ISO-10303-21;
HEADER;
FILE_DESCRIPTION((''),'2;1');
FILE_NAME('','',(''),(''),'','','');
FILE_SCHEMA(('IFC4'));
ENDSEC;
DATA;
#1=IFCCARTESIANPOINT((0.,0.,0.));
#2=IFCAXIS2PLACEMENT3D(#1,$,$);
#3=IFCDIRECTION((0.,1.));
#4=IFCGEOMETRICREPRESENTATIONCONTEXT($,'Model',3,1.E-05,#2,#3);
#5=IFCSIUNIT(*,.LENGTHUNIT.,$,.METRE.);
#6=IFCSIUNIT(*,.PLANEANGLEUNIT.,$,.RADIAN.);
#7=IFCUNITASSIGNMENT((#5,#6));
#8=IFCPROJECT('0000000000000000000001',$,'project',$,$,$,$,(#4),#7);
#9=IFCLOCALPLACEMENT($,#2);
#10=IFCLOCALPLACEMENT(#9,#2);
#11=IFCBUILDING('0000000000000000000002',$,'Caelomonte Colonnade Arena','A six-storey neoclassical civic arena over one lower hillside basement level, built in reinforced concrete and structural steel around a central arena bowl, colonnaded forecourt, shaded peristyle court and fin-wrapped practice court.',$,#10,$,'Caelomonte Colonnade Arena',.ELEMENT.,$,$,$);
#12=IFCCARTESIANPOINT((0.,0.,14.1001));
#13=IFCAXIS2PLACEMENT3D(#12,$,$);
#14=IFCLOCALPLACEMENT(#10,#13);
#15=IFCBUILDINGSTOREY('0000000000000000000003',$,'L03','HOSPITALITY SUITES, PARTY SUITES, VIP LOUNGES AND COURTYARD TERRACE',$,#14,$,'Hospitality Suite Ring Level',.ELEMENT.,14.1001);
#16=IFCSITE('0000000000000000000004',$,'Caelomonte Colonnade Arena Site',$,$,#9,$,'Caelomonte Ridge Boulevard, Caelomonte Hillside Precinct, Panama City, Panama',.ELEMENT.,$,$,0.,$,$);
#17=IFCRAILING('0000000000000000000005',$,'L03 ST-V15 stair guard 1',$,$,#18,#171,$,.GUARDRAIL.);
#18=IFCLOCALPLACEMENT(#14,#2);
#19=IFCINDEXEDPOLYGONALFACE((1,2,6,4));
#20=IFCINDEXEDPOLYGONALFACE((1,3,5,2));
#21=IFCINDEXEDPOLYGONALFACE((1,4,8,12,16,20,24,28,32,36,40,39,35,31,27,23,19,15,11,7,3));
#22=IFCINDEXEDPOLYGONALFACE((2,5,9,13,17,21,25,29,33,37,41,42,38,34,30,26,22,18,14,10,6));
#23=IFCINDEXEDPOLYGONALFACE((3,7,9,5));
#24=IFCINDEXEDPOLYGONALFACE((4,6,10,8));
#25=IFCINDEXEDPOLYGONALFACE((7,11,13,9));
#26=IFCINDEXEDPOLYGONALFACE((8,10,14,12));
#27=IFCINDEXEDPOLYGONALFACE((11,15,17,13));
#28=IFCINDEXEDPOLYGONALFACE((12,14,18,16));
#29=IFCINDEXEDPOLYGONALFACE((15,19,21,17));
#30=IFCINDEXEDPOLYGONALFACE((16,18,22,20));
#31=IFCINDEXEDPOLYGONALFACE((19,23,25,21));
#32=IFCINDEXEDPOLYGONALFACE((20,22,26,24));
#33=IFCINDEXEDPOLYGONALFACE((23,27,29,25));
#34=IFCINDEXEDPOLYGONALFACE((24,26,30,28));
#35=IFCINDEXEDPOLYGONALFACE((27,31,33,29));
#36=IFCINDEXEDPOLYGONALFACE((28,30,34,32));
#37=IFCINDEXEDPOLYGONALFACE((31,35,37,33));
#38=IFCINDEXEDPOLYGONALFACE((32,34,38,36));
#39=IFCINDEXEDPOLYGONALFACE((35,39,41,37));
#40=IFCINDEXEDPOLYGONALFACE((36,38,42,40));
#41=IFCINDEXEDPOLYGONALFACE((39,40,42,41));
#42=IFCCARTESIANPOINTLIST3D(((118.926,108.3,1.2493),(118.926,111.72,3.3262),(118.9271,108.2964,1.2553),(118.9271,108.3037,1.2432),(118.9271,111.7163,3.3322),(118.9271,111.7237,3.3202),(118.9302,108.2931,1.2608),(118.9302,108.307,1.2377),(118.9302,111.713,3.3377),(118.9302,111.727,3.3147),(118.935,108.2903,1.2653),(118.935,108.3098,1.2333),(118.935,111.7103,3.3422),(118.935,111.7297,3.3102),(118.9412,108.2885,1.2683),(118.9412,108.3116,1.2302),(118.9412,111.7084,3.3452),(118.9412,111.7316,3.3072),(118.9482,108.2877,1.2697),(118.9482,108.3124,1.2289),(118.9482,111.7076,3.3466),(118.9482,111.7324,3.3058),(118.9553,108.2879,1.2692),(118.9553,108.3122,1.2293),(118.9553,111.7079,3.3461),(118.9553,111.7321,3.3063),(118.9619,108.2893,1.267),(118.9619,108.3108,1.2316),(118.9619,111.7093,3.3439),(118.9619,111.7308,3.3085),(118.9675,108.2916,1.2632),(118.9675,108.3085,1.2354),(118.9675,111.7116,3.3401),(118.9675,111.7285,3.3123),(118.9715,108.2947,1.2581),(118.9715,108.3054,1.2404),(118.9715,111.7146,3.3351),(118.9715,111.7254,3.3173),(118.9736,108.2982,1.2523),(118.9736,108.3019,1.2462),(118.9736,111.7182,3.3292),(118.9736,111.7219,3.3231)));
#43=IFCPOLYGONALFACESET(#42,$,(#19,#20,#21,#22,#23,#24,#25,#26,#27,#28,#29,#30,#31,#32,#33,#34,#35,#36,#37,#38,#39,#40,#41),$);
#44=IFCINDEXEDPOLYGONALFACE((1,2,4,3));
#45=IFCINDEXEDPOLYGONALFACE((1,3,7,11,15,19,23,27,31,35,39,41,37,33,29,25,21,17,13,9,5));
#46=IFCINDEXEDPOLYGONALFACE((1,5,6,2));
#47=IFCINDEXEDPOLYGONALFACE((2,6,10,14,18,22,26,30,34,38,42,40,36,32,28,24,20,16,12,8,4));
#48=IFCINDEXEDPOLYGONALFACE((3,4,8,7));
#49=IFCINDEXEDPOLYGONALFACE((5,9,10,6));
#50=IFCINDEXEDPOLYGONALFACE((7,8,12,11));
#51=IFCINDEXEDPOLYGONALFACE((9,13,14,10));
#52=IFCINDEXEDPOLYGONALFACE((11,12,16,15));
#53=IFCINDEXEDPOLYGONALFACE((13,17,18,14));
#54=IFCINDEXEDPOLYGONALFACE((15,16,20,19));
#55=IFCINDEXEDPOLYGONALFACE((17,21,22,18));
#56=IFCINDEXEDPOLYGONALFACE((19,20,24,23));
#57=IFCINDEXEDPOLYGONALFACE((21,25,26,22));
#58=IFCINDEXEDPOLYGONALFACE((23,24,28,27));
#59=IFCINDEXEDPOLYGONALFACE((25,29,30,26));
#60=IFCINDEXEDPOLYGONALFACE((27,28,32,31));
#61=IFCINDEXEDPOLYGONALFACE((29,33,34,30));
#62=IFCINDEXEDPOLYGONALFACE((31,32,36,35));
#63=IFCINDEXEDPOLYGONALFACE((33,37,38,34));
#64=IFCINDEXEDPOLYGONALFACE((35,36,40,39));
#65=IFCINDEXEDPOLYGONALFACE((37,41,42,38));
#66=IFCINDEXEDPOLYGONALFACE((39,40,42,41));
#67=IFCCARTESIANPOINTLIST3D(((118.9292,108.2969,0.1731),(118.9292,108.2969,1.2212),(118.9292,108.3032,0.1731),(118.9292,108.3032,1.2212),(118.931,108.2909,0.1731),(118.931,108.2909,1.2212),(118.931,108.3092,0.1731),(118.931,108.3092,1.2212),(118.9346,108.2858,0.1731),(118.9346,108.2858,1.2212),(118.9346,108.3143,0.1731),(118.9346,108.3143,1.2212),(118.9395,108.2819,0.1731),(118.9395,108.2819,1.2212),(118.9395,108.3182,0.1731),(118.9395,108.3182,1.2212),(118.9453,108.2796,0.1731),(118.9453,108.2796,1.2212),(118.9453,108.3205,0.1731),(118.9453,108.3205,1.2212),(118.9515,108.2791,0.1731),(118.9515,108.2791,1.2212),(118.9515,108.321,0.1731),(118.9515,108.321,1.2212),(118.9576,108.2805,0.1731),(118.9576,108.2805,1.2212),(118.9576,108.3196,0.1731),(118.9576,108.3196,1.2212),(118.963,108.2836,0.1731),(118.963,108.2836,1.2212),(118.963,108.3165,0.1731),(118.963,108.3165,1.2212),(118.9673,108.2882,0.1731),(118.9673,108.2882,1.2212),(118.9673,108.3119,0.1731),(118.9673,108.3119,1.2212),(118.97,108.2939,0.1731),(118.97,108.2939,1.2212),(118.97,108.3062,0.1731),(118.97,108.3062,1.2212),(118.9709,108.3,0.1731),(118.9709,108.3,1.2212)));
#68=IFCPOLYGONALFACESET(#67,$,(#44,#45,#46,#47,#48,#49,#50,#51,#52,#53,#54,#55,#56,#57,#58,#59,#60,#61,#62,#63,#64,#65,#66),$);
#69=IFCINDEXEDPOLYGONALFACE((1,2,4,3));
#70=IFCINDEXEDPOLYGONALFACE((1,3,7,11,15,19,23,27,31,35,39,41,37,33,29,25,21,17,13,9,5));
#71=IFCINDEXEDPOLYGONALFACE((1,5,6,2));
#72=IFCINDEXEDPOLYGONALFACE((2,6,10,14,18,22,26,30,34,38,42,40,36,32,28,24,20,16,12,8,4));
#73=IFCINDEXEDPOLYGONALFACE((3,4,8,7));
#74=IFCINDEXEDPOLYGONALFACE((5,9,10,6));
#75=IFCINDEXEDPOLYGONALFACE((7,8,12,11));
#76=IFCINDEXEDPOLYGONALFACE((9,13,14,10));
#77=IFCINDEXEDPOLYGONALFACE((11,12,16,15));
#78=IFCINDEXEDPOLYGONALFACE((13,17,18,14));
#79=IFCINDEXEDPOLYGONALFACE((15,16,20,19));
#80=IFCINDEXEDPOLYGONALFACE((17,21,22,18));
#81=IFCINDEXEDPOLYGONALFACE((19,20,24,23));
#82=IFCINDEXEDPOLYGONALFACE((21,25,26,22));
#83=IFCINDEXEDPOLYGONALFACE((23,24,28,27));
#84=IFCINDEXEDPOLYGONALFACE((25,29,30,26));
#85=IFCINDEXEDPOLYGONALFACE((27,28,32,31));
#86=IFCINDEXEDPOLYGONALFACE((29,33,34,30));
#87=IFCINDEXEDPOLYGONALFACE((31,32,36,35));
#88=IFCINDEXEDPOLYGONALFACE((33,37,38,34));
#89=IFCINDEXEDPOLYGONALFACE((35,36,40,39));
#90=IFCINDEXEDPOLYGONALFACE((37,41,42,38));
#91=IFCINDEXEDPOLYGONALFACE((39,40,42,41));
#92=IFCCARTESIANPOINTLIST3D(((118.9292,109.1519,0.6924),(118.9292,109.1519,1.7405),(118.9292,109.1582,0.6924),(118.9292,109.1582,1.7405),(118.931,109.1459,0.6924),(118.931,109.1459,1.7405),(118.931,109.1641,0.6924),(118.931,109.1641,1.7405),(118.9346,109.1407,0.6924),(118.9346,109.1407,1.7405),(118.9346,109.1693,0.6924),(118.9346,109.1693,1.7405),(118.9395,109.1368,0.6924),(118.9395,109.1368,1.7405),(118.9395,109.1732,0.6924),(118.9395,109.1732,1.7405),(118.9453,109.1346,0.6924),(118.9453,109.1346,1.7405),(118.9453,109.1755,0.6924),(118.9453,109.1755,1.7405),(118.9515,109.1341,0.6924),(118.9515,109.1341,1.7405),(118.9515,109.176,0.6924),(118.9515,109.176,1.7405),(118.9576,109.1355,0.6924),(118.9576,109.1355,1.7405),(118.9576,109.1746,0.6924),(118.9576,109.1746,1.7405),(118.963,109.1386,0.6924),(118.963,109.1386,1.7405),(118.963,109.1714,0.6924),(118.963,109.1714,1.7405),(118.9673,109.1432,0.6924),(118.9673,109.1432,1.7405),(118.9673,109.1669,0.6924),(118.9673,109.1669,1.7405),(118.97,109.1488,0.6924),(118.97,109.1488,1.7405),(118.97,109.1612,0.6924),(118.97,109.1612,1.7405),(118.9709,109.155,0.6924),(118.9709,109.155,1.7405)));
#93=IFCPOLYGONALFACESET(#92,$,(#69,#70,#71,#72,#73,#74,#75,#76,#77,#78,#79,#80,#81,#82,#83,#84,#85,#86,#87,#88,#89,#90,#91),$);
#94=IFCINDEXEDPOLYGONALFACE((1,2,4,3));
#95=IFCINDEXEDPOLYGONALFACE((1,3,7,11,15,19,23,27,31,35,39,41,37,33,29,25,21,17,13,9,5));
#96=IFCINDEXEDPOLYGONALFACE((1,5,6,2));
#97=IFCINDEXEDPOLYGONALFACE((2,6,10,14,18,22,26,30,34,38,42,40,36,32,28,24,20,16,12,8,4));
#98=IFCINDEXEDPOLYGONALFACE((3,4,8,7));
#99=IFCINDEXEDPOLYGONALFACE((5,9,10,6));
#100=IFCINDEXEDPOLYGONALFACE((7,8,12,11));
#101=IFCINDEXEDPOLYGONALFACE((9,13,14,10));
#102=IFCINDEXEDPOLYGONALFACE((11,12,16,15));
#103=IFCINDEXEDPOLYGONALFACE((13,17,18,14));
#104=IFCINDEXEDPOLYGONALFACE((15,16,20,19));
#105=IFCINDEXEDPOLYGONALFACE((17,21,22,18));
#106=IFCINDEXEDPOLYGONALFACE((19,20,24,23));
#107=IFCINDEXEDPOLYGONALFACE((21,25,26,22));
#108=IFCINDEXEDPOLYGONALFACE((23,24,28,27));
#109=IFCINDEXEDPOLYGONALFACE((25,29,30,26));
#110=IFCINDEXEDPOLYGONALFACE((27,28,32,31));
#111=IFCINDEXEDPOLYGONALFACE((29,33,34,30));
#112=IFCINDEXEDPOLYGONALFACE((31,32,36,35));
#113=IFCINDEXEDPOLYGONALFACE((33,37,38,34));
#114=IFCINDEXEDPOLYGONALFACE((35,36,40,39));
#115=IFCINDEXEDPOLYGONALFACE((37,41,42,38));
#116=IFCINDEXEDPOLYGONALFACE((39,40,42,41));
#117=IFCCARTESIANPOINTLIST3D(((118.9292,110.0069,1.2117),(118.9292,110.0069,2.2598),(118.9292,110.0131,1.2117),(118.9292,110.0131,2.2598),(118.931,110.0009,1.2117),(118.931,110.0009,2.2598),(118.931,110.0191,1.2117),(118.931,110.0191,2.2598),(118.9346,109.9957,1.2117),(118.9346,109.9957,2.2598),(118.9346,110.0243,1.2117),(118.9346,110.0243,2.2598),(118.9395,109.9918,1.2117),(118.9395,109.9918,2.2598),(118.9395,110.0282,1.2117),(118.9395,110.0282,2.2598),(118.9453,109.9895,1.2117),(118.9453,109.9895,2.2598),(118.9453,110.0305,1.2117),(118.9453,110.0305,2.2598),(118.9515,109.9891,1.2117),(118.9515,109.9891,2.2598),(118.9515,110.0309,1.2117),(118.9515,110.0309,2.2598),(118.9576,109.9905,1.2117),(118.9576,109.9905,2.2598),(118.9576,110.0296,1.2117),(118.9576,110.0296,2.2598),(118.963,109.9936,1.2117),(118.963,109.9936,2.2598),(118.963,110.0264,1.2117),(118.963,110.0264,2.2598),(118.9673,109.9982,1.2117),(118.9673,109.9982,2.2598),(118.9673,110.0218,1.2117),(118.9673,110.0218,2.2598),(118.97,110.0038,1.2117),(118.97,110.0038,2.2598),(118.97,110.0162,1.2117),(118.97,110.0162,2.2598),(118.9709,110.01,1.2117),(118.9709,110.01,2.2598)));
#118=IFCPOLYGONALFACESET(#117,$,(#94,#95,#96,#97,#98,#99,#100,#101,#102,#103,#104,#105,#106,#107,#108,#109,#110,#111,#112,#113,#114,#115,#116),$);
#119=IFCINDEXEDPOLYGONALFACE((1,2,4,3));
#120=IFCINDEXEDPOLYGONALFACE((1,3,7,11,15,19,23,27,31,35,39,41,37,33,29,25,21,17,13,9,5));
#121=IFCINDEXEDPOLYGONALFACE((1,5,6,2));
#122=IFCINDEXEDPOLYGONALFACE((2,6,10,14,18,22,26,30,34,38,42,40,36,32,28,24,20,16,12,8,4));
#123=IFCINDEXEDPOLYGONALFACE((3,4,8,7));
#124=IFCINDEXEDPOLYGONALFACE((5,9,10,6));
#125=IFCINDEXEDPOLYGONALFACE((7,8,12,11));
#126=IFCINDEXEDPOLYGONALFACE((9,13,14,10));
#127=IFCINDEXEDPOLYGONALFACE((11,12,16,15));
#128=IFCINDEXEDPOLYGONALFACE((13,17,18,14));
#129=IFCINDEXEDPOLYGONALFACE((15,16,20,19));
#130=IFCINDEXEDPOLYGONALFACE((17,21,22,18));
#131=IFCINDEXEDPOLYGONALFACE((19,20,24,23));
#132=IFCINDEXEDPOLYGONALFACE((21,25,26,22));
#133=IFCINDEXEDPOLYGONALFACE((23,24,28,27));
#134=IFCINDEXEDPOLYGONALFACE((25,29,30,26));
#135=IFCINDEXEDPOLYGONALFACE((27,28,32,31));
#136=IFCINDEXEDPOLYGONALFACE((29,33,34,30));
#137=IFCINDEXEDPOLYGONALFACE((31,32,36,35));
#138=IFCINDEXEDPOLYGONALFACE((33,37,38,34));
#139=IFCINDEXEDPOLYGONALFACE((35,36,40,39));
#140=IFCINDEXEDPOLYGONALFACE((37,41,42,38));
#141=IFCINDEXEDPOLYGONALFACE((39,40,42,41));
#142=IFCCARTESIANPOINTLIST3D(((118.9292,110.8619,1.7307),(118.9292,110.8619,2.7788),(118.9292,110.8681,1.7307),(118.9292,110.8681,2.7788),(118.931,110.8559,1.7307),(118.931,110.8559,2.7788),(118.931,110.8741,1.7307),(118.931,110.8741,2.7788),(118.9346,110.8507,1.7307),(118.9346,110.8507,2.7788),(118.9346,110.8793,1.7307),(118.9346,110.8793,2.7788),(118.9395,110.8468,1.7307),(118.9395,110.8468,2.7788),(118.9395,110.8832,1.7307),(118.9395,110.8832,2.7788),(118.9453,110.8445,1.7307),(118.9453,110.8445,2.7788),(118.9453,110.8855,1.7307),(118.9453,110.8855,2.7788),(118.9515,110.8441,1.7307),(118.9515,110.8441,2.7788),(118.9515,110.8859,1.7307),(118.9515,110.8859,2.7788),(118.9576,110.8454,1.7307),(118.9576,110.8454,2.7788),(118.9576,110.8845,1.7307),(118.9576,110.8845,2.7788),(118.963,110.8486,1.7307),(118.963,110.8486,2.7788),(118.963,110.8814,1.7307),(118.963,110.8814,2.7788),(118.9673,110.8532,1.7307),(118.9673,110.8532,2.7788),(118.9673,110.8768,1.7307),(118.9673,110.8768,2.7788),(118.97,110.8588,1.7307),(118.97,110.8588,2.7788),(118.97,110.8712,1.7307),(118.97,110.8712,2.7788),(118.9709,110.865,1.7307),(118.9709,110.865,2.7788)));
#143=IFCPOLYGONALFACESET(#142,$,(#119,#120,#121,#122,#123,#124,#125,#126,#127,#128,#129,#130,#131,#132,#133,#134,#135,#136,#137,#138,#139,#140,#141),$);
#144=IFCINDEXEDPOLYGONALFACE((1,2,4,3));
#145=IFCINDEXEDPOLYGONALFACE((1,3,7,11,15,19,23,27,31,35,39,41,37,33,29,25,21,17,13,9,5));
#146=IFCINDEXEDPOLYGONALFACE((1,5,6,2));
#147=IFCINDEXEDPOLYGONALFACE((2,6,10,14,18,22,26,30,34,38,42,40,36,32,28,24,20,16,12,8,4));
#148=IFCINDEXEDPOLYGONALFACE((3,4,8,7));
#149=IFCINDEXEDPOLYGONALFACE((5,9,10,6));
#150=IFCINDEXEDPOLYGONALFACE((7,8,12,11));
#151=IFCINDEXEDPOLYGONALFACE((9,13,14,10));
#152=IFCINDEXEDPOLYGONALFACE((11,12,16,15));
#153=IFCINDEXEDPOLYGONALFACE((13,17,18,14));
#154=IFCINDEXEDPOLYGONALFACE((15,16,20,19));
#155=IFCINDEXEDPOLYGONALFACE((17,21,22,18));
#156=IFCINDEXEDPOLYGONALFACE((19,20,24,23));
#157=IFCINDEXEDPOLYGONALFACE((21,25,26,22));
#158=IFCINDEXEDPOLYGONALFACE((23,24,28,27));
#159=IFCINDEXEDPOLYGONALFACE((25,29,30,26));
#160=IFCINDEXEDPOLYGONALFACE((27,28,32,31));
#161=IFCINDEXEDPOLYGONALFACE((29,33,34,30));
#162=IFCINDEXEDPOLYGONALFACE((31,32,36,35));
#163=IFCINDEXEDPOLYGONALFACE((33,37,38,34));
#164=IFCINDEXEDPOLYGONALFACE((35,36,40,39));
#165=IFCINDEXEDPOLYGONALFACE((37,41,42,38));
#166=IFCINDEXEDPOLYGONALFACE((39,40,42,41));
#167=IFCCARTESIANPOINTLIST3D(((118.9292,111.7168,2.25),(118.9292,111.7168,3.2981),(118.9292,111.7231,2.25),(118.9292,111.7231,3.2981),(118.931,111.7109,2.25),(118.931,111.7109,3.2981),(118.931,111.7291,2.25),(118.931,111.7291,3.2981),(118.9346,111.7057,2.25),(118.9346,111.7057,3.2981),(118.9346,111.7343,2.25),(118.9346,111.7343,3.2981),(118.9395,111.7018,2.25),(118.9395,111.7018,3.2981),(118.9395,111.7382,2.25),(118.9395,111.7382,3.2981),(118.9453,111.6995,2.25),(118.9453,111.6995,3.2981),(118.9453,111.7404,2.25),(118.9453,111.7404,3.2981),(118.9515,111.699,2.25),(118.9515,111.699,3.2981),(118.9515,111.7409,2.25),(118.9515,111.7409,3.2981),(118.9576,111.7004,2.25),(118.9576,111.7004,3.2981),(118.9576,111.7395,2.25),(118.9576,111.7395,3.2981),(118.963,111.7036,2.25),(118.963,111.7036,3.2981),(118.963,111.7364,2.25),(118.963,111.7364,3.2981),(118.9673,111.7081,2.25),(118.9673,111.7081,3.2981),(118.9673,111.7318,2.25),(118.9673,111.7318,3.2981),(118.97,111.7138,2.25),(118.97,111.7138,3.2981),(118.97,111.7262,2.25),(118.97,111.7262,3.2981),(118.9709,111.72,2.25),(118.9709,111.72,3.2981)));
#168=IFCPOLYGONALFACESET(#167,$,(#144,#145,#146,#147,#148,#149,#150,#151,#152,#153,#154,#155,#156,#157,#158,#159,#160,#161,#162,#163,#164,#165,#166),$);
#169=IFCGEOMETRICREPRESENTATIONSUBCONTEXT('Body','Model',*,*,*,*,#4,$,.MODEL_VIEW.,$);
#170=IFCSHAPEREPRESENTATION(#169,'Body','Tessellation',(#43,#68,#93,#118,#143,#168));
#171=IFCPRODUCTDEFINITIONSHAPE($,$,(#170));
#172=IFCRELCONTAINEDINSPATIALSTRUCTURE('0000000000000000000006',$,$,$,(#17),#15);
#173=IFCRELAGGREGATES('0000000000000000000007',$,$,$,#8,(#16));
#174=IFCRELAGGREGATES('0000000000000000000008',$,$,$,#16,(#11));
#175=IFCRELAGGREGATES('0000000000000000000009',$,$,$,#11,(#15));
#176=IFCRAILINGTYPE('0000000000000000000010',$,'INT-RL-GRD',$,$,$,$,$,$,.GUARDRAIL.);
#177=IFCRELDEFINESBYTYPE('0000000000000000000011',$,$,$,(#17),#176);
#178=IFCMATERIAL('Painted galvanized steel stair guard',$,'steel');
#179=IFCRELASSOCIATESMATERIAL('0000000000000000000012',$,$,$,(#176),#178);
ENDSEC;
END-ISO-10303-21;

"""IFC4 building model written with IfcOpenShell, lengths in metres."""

from ifc_helpers import new_model, si_unit, direction, frame, origin, origin_2d, place, context, subcontext, project, spatial, circle, extrude, material, type_object, element, save


model = new_model("IFC4")

# Units and contexts
model_context = context("Model", 3, precision=1e-05, world=origin(), true_north=direction((0.0, 1.0)))
body_context = subcontext(model_context, "Body", "Model", "MODEL_VIEW")
ifc_project = project(units=[si_unit("LENGTHUNIT", "METRE"), si_unit("PLANEANGLEUNIT", "RADIAN")], contexts=[model_context])

# Site, building, storey
site_placement = place(None, origin())
site = spatial("IfcSite", under=ifc_project, at=site_placement, Name="Caelomonte Colonnade Arena Site", LongName="Caelomonte Ridge Boulevard, Caelomonte Hillside Precinct, Panama City, Panama", CompositionType="ELEMENT", RefElevation=0.0)
building_placement = place(site_placement, origin())
building = spatial("IfcBuilding", under=site, at=building_placement, Name="Caelomonte Colonnade Arena", Description="A six-storey neoclassical civic arena over one lower hillside basement level, built in reinforced concrete and structural steel around a central arena bowl, colonnaded forecourt, shaded peristyle court and fin-wrapped practice court.", LongName="Caelomonte Colonnade Arena", CompositionType="ELEMENT")
storey_placement = place(building_placement, frame((0.0, 0.0, 14.1001)))
storey = spatial("IfcBuildingStorey", under=building, at=storey_placement, Name="L03", Description="HOSPITALITY SUITES, PARTY SUITES, VIP LOUNGES AND COURTYARD TERRACE", LongName="Hospitality Suite Ring Level", CompositionType="ELEMENT", Elevation=14.1001)

# Railing
ifc_material_1 = material(Name="Painted galvanized steel stair guard", Category="steel")
railing_type_1 = type_object("IfcRailingType", Name="INT-RL-GRD", PredefinedType="GUARDRAIL", material=ifc_material_1)
railing_1_placement = place(storey_placement, frame((118.95, 108.3, 0.1731)))
element("IfcRailing", 1, at=railing_1_placement, inside=storey, type_object=railing_type_1, Name="L03 ST-V15 stair guard 1", PredefinedType="GUARDRAIL", context=body_context, shape_type="SweptSolid", body=[
    extrude(circle(Radius=0.0239, at=origin_2d()), frame((0.0, 0.0, 1.0762), z_axis=(0.0, 0.85473, 0.519074), x_axis=(-1.0, 0.0, 0.0)), (0.0, 0.0, 1.0), 4.0012),
    extrude(circle(Radius=0.021, at=origin_2d()), origin(), (0.0, 0.0, 1.0), 1.0481),
    extrude(circle(Radius=0.021, at=origin_2d()), frame((0.0, 0.855, 0.5193)), (0.0, 0.0, 1.0), 1.0481),
    extrude(circle(Radius=0.021, at=origin_2d()), frame((0.0, 1.71, 1.0386)), (0.0, 0.0, 1.0), 1.0481),
    extrude(circle(Radius=0.021, at=origin_2d()), frame((0.0, 2.5649, 1.5576)), (0.0, 0.0, 1.0), 1.0481),
    extrude(circle(Radius=0.021, at=origin_2d()), frame((0.0, 3.4199, 2.0769)), (0.0, 0.0, 1.0), 1.0481),
])

save(model, "model.ifc")
